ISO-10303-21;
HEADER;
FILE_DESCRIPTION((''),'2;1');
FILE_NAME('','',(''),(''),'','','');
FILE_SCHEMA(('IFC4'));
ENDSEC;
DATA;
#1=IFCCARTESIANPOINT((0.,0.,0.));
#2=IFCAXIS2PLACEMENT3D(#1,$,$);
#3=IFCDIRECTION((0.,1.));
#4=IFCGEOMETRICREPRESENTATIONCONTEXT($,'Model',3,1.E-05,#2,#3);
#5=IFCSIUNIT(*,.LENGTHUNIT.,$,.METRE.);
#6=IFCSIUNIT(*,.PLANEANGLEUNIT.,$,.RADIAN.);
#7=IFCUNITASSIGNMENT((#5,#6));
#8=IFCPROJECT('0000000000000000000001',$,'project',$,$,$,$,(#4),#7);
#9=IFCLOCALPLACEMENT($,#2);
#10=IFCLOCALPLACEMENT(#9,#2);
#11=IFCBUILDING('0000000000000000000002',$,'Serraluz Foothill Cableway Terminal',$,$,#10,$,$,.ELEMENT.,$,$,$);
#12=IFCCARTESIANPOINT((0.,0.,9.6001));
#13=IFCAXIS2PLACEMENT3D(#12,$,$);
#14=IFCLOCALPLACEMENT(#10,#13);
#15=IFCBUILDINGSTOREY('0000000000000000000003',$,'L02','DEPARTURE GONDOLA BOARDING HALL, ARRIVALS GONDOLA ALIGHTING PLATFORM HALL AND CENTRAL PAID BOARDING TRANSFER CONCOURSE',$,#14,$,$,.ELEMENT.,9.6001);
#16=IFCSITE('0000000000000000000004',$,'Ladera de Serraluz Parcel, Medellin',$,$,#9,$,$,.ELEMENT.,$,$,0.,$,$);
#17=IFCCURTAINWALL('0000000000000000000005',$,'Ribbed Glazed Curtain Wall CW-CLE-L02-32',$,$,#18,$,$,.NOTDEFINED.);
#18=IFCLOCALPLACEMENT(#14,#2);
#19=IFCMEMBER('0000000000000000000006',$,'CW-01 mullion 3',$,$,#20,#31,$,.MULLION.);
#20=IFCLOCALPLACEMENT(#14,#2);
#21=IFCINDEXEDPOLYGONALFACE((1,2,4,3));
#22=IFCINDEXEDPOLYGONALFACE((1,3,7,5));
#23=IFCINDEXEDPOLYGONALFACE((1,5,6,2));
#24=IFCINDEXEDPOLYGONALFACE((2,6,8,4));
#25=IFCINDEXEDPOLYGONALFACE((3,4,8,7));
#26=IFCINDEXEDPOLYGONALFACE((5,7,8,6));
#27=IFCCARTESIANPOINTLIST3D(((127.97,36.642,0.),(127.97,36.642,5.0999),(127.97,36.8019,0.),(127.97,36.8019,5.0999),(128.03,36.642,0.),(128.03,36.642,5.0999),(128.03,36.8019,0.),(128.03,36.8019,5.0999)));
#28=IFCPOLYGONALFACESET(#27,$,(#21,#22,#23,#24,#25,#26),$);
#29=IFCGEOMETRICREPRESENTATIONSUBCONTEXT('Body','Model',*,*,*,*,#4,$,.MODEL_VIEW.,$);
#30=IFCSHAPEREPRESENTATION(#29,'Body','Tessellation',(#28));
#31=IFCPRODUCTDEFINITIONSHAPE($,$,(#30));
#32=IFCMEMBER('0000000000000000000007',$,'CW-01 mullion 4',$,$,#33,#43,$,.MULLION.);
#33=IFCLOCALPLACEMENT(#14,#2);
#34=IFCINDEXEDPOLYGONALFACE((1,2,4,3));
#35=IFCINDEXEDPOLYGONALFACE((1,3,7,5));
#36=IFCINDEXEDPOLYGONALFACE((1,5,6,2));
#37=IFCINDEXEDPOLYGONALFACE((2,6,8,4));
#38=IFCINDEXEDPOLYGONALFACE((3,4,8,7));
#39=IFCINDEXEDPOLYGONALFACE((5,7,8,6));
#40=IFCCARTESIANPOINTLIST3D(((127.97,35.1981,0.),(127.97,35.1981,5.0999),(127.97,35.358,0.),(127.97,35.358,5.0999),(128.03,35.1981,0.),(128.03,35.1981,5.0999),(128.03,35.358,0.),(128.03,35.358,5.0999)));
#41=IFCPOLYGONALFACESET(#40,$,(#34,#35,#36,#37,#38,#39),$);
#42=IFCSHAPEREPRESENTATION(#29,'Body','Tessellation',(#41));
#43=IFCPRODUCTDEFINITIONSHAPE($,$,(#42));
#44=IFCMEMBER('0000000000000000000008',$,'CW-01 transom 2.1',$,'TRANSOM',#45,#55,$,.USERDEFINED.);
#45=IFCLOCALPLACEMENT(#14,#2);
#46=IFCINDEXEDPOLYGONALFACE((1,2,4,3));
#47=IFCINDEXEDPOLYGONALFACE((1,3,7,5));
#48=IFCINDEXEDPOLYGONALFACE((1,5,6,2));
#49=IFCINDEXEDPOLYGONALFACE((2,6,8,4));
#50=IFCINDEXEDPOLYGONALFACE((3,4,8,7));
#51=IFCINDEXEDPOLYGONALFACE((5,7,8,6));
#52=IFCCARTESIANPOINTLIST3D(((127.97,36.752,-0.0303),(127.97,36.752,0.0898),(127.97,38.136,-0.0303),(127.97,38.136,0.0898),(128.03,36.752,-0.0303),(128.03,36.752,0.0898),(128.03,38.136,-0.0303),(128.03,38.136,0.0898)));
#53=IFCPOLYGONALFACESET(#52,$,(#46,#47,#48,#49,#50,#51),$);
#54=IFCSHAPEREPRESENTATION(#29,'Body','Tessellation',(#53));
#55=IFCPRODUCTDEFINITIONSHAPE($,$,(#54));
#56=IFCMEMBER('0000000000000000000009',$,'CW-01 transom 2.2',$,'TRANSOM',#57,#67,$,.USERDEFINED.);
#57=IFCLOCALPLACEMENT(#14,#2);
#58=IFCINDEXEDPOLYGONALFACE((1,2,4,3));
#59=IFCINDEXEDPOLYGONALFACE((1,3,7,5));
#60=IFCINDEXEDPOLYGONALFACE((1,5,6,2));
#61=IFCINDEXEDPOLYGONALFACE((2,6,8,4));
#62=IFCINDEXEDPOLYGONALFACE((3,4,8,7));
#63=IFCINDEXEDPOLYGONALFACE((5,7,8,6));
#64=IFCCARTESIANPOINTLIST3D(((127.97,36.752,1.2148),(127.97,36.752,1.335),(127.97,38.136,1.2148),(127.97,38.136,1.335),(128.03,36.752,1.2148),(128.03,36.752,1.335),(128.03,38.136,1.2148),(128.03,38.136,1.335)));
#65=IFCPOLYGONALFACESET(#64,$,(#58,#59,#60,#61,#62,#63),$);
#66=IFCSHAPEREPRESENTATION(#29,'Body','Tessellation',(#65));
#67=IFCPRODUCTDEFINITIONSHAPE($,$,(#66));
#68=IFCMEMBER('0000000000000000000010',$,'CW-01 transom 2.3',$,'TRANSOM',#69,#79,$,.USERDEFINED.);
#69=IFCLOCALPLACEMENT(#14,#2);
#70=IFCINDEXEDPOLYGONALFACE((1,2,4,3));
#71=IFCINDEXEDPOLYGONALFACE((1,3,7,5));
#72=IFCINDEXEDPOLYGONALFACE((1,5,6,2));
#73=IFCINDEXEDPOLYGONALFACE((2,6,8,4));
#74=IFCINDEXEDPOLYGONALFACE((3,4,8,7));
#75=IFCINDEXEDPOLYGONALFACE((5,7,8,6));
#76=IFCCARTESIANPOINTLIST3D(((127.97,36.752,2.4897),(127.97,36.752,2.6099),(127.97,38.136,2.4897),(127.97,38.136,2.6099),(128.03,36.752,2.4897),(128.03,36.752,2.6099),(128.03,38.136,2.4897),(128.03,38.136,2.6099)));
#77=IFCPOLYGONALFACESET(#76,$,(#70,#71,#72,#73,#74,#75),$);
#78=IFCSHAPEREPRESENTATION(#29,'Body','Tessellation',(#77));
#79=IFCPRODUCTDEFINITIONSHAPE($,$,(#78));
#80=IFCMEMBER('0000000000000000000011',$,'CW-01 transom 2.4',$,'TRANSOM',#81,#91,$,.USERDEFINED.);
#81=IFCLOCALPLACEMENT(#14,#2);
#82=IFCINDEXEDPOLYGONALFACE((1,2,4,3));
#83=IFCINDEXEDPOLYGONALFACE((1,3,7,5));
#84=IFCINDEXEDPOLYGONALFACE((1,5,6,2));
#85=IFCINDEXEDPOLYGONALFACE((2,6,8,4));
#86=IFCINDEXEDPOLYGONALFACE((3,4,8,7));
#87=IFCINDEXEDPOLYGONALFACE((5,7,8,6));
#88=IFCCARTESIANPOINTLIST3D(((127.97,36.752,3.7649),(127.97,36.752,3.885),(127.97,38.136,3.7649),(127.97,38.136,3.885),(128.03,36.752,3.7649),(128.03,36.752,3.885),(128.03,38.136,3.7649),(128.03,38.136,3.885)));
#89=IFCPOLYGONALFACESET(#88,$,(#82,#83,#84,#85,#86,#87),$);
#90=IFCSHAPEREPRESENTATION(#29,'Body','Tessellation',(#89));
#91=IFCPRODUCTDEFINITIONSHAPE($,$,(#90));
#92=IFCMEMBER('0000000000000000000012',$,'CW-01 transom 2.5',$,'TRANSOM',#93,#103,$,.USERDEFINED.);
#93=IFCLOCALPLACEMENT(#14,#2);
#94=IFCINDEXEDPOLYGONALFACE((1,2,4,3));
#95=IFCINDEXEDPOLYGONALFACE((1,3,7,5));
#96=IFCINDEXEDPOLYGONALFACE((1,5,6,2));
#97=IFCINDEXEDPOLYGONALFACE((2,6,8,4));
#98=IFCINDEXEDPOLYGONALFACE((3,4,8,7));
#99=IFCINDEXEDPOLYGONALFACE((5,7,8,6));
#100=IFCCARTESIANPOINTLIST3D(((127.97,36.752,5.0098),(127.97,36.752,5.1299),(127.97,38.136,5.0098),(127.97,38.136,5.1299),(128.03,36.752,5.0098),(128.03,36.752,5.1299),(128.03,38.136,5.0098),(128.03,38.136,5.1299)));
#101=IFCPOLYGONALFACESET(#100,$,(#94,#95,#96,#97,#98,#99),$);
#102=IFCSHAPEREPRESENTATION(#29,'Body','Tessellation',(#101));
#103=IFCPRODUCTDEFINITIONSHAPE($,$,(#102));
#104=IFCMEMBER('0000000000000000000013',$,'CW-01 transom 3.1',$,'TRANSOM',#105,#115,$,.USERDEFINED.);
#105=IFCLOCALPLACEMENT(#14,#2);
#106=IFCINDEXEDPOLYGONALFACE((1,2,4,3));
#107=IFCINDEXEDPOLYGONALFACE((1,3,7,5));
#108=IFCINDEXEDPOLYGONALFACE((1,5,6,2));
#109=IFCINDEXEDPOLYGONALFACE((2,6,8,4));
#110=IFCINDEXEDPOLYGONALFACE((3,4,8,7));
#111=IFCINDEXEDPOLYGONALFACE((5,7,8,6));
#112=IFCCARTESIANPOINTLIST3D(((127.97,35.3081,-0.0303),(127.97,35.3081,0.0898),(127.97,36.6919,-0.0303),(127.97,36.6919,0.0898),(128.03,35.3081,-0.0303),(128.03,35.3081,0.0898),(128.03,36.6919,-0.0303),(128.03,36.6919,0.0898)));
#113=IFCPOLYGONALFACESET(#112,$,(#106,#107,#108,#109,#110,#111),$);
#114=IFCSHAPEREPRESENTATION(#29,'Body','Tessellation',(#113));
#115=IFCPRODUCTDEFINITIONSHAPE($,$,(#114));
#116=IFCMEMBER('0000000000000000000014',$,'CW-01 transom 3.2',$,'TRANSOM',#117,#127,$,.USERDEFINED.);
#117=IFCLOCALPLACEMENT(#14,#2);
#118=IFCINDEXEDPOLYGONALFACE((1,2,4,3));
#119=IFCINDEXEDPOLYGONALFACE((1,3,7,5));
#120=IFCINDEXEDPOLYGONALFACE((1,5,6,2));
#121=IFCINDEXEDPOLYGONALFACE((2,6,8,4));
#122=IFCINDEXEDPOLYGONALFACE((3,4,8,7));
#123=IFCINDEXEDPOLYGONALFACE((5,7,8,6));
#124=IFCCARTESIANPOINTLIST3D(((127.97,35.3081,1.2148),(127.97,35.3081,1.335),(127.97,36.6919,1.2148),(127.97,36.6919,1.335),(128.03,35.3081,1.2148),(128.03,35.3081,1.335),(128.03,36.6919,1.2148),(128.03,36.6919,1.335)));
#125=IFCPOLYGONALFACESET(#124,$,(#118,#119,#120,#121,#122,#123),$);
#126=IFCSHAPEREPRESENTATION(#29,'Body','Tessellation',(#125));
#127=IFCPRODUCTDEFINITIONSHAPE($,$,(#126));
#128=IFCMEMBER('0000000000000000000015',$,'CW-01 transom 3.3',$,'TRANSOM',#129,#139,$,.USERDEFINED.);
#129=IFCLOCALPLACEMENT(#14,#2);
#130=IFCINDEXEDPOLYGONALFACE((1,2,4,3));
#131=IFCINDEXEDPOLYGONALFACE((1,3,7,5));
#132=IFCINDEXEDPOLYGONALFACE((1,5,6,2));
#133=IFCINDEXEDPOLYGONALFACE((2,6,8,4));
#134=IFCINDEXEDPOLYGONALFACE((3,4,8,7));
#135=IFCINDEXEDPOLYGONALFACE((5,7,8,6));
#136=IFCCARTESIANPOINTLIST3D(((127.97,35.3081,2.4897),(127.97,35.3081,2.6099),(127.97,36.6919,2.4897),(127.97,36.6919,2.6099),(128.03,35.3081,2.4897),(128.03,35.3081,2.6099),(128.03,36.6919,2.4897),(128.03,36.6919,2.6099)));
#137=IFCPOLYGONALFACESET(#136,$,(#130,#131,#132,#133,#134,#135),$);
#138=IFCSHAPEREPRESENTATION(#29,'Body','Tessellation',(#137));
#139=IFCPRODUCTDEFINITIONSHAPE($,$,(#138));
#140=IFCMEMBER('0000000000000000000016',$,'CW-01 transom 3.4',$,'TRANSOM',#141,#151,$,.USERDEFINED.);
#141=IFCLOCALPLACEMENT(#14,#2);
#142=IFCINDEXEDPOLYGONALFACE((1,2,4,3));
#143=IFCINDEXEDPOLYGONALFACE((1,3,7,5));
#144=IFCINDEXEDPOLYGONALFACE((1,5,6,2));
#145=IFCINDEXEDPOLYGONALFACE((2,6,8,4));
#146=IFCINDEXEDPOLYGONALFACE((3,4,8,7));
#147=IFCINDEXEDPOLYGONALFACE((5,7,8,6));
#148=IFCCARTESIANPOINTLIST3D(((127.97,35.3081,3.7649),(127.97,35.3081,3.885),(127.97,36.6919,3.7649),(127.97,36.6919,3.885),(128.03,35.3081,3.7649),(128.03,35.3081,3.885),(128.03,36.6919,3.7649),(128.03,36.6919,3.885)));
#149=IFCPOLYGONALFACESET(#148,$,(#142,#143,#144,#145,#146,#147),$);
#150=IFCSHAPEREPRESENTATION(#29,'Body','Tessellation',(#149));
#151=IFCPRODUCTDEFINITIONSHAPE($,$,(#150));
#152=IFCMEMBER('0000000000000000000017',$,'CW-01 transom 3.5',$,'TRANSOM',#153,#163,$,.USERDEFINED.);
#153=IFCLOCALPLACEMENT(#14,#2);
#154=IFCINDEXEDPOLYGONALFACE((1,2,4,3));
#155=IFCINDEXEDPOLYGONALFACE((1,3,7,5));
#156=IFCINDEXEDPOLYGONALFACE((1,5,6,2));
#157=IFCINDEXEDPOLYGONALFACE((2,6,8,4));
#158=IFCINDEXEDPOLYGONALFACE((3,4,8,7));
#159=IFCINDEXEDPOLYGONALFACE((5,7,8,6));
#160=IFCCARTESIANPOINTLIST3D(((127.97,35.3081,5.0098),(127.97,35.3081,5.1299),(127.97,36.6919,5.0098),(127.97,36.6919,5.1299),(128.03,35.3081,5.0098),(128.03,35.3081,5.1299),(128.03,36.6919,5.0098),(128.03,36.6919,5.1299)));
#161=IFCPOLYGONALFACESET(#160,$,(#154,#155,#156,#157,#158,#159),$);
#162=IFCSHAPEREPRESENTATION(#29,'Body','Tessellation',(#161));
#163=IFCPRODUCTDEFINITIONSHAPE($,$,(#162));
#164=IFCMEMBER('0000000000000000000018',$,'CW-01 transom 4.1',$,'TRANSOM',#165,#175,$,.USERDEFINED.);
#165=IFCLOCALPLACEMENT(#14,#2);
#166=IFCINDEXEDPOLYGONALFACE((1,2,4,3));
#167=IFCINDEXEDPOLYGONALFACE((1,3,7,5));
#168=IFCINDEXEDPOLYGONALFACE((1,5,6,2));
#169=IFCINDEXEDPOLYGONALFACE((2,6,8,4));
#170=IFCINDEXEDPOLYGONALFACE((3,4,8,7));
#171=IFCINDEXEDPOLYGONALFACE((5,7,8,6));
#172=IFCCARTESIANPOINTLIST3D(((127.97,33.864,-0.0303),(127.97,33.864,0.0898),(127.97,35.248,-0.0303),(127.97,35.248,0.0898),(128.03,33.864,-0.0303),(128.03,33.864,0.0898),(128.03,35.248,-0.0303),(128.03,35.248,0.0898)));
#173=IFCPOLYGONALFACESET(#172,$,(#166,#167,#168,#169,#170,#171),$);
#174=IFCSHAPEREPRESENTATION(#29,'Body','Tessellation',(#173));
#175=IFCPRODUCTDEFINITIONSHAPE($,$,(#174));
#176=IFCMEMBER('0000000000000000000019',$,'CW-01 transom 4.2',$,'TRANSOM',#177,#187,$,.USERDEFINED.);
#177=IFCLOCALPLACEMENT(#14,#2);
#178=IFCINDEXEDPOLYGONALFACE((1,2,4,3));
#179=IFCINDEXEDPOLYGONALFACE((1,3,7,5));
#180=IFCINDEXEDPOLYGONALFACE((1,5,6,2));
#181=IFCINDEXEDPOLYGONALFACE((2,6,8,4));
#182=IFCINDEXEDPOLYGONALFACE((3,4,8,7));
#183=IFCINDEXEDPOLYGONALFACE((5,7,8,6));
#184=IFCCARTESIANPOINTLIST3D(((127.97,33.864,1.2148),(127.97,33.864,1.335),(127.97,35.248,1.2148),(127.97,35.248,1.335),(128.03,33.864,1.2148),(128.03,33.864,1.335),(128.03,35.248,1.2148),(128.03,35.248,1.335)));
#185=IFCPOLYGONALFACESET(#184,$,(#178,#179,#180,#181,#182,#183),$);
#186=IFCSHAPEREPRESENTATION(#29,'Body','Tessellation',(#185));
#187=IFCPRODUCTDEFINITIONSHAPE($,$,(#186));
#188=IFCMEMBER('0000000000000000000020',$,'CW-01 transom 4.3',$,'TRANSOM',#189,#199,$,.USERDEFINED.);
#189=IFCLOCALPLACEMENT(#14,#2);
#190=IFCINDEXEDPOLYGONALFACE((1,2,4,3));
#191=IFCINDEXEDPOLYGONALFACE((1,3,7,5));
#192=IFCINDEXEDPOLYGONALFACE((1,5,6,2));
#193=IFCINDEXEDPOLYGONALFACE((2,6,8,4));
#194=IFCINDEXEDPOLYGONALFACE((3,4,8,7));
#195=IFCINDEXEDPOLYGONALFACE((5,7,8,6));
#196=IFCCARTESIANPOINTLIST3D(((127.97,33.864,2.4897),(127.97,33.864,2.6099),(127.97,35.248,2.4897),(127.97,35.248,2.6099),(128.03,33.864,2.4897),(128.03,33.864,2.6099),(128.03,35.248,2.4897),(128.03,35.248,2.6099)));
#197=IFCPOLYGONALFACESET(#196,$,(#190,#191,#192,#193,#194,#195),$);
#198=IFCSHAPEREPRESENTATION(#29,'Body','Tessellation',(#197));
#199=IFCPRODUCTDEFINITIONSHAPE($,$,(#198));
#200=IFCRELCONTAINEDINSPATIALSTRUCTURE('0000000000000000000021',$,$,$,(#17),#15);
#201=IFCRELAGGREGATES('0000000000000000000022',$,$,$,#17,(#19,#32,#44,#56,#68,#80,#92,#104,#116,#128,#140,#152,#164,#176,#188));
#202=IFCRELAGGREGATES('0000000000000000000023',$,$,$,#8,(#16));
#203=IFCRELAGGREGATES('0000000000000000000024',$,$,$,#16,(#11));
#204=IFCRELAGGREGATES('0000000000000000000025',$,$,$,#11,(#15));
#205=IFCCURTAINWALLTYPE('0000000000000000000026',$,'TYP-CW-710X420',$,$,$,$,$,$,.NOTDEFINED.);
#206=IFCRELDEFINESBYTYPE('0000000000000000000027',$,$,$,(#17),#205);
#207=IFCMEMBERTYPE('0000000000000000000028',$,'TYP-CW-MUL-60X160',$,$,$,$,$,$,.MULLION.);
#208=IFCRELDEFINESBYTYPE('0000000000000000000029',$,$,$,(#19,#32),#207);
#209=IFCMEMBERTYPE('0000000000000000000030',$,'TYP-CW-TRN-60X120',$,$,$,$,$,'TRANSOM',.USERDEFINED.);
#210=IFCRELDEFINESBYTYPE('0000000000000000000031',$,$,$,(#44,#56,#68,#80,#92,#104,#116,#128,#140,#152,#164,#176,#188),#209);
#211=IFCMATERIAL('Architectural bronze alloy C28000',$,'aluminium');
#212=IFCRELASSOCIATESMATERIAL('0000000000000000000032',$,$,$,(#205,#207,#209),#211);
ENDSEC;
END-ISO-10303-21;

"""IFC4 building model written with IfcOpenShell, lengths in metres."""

from ifc_helpers import new_model, si_unit, direction, frame, origin, origin_2d, place, context, subcontext, project, spatial, rectangle, extrude, material, material_profile, profile_set, type_object, element, aggregate, save


model = new_model("IFC4")

# Units and contexts
model_context = context("Model", 3, precision=1e-05, world=origin(), true_north=direction((0.0, 1.0)))
body_context = subcontext(model_context, "Body", "Model", "MODEL_VIEW")
ifc_project = project(units=[si_unit("LENGTHUNIT", "METRE"), si_unit("PLANEANGLEUNIT", "RADIAN")], contexts=[model_context])

# Site, building, storey
site_placement = place(None, origin())
site = spatial("IfcSite", under=ifc_project, at=site_placement, Name="Ladera de Serraluz Parcel, Medellin", CompositionType="ELEMENT", RefElevation=0.0)
building_placement = place(site_placement, origin())
building = spatial("IfcBuilding", under=site, at=building_placement, Name="Serraluz Foothill Cableway Terminal", CompositionType="ELEMENT")
storey_placement = place(building_placement, frame((0.0, 0.0, 9.6001)))
storey = spatial("IfcBuildingStorey", under=building, at=storey_placement, Name="L02", Description="DEPARTURE GONDOLA BOARDING HALL, ARRIVALS GONDOLA ALIGHTING PLATFORM HALL AND CENTRAL PAID BOARDING TRANSFER CONCOURSE", CompositionType="ELEMENT", Elevation=9.6001)

# Curtain wall, members
ifc_material_1 = material(Name="Architectural bronze alloy C28000", Category="aluminium")
curtain_wall_type = type_object("IfcCurtainWallType", Name="TYP-CW-710X420", PredefinedType="NOTDEFINED", material=ifc_material_1)
curtain_wall_placement = place(storey_placement, origin())
curtain_wall = element("IfcCurtainWall", 1, at=curtain_wall_placement, inside=storey, type_object=curtain_wall_type, Name="Ribbed Glazed Curtain Wall CW-CLE-L02-32", PredefinedType="NOTDEFINED")
ifc_material_profile_1 = material_profile(ifc_material_1, rectangle(XDim=0.0601, YDim=0.1599, at=origin_2d()), Name="ALU MULLION 60x160")
ifc_profile_set_1 = profile_set([ifc_material_profile_1], Name="Architectural bronze alloy C28000")
member_type_1 = type_object("IfcMemberType", Name="TYP-CW-MUL-60X160", PredefinedType="MULLION", material=ifc_profile_set_1)
member_1_placement = place(storey_placement, frame((128.0, 36.7219, 0.0), z_axis=(0.0, 0.0, 1.0), x_axis=(1.0, 0.0, 0.0)))
member_1 = element("IfcMember", 2, at=member_1_placement, type_object=member_type_1, Name="CW-01 mullion 3", PredefinedType="MULLION", context=body_context, shape_type="SweptSolid", body=[
    extrude(rectangle(XDim=0.0601, YDim=0.1599, at=origin_2d()), origin(), (0.0, 0.0, 1.0), 5.0999),
])
member_2_placement = place(storey_placement, frame((128.0, 35.2781, 0.0), z_axis=(0.0, 0.0, 1.0), x_axis=(1.0, 0.0, 0.0)))
member_2 = element("IfcMember", 3, at=member_2_placement, type_object=member_type_1, Name="CW-01 mullion 4", PredefinedType="MULLION", context=body_context, shape_type="SweptSolid", body=[
    extrude(rectangle(XDim=0.0601, YDim=0.1599, at=origin_2d()), origin(), (0.0, 0.0, 1.0), 5.0999),
])
ifc_material_profile_2 = material_profile(ifc_material_1, rectangle(XDim=0.0601, YDim=0.1201, at=origin_2d()), Name="ALU TRANSOM 60x120")
ifc_profile_set_2 = profile_set([ifc_material_profile_2], Name="Architectural bronze alloy C28000")
member_type_2 = type_object("IfcMemberType", Name="TYP-CW-TRN-60X120", ElementType="TRANSOM", PredefinedType="USERDEFINED", material=ifc_profile_set_2)
member_3_placement = place(storey_placement, frame((128.0, 38.136, 0.0298), z_axis=(0.0, -1.0, 0.0), x_axis=(1.0, 0.0, 0.0)))
member_3 = element("IfcMember", 4, at=member_3_placement, type_object=member_type_2, Name="CW-01 transom 2.1", ObjectType="TRANSOM", PredefinedType="USERDEFINED", context=body_context, shape_type="SweptSolid", body=[
    extrude(rectangle(XDim=0.0601, YDim=0.1201, at=origin_2d()), origin(), (0.0, 0.0, 1.0), 1.384),
])
member_4_placement = place(storey_placement, frame((128.0, 38.136, 1.2749), z_axis=(0.0, -1.0, 0.0), x_axis=(1.0, 0.0, 0.0)))
member_4 = element("IfcMember", 5, at=member_4_placement, type_object=member_type_2, Name="CW-01 transom 2.2", ObjectType="TRANSOM", PredefinedType="USERDEFINED", context=body_context, shape_type="SweptSolid", body=[
    extrude(rectangle(XDim=0.0601, YDim=0.1201, at=origin_2d()), origin(), (0.0, 0.0, 1.0), 1.384),
])
member_5_placement = place(storey_placement, frame((128.0, 38.136, 2.5498), z_axis=(0.0, -1.0, 0.0), x_axis=(1.0, 0.0, 0.0)))
member_5 = element("IfcMember", 6, at=member_5_placement, type_object=member_type_2, Name="CW-01 transom 2.3", ObjectType="TRANSOM", PredefinedType="USERDEFINED", context=body_context, shape_type="SweptSolid", body=[
    extrude(rectangle(XDim=0.0601, YDim=0.1201, at=origin_2d()), origin(), (0.0, 0.0, 1.0), 1.384),
])
member_6_placement = place(storey_placement, frame((128.0, 38.136, 3.825), z_axis=(0.0, -1.0, 0.0), x_axis=(1.0, 0.0, 0.0)))
member_6 = element("IfcMember", 7, at=member_6_placement, type_object=member_type_2, Name="CW-01 transom 2.4", ObjectType="TRANSOM", PredefinedType="USERDEFINED", context=body_context, shape_type="SweptSolid", body=[
    extrude(rectangle(XDim=0.0601, YDim=0.1201, at=origin_2d()), origin(), (0.0, 0.0, 1.0), 1.384),
])
member_7_placement = place(storey_placement, frame((128.0, 38.136, 5.0698), z_axis=(0.0, -1.0, 0.0), x_axis=(1.0, 0.0, 0.0)))
member_7 = element("IfcMember", 8, at=member_7_placement, type_object=member_type_2, Name="CW-01 transom 2.5", ObjectType="TRANSOM", PredefinedType="USERDEFINED", context=body_context, shape_type="SweptSolid", body=[
    extrude(rectangle(XDim=0.0601, YDim=0.1201, at=origin_2d()), origin(), (0.0, 0.0, 1.0), 1.384),
])
member_8_placement = place(storey_placement, frame((128.0, 36.6919, 0.0298), z_axis=(0.0, -1.0, 0.0), x_axis=(1.0, 0.0, 0.0)))
member_8 = element("IfcMember", 9, at=member_8_placement, type_object=member_type_2, Name="CW-01 transom 3.1", ObjectType="TRANSOM", PredefinedType="USERDEFINED", context=body_context, shape_type="SweptSolid", body=[
    extrude(rectangle(XDim=0.0601, YDim=0.1201, at=origin_2d()), origin(), (0.0, 0.0, 1.0), 1.3838),
])
member_9_placement = place(storey_placement, frame((128.0, 36.6919, 1.2749), z_axis=(0.0, -1.0, 0.0), x_axis=(1.0, 0.0, 0.0)))
member_9 = element("IfcMember", 10, at=member_9_placement, type_object=member_type_2, Name="CW-01 transom 3.2", ObjectType="TRANSOM", PredefinedType="USERDEFINED", context=body_context, shape_type="SweptSolid", body=[
    extrude(rectangle(XDim=0.0601, YDim=0.1201, at=origin_2d()), origin(), (0.0, 0.0, 1.0), 1.3838),
])
member_10_placement = place(storey_placement, frame((128.0, 36.6919, 2.5498), z_axis=(0.0, -1.0, 0.0), x_axis=(1.0, 0.0, 0.0)))
member_10 = element("IfcMember", 11, at=member_10_placement, type_object=member_type_2, Name="CW-01 transom 3.3", ObjectType="TRANSOM", PredefinedType="USERDEFINED", context=body_context, shape_type="SweptSolid", body=[
    extrude(rectangle(XDim=0.0601, YDim=0.1201, at=origin_2d()), origin(), (0.0, 0.0, 1.0), 1.3838),
])
member_11_placement = place(storey_placement, frame((128.0, 36.6919, 3.825), z_axis=(0.0, -1.0, 0.0), x_axis=(1.0, 0.0, 0.0)))
member_11 = element("IfcMember", 12, at=member_11_placement, type_object=member_type_2, Name="CW-01 transom 3.4", ObjectType="TRANSOM", PredefinedType="USERDEFINED", context=body_context, shape_type="SweptSolid", body=[
    extrude(rectangle(XDim=0.0601, YDim=0.1201, at=origin_2d()), origin(), (0.0, 0.0, 1.0), 1.3838),
])
member_12_placement = place(storey_placement, frame((128.0, 36.6919, 5.0698), z_axis=(0.0, -1.0, 0.0), x_axis=(1.0, 0.0, 0.0)))
member_12 = element("IfcMember", 13, at=member_12_placement, type_object=member_type_2, Name="CW-01 transom 3.5", ObjectType="TRANSOM", PredefinedType="USERDEFINED", context=body_context, shape_type="SweptSolid", body=[
    extrude(rectangle(XDim=0.0601, YDim=0.1201, at=origin_2d()), origin(), (0.0, 0.0, 1.0), 1.3838),
])
member_13_placement = place(storey_placement, frame((128.0, 35.248, 0.0298), z_axis=(0.0, -1.0, 0.0), x_axis=(1.0, 0.0, 0.0)))
member_13 = element("IfcMember", 14, at=member_13_placement, type_object=member_type_2, Name="CW-01 transom 4.1", ObjectType="TRANSOM", PredefinedType="USERDEFINED", context=body_context, shape_type="SweptSolid", body=[
    extrude(rectangle(XDim=0.0601, YDim=0.1201, at=origin_2d()), origin(), (0.0, 0.0, 1.0), 1.384),
])
member_14_placement = place(storey_placement, frame((128.0, 35.248, 1.2749), z_axis=(0.0, -1.0, 0.0), x_axis=(1.0, 0.0, 0.0)))
member_14 = element("IfcMember", 15, at=member_14_placement, type_object=member_type_2, Name="CW-01 transom 4.2", ObjectType="TRANSOM", PredefinedType="USERDEFINED", context=body_context, shape_type="SweptSolid", body=[
    extrude(rectangle(XDim=0.0601, YDim=0.1201, at=origin_2d()), origin(), (0.0, 0.0, 1.0), 1.384),
])
member_15_placement = place(storey_placement, frame((128.0, 35.248, 2.5498), z_axis=(0.0, -1.0, 0.0), x_axis=(1.0, 0.0, 0.0)))
member_15 = element("IfcMember", 16, at=member_15_placement, type_object=member_type_2, Name="CW-01 transom 4.3", ObjectType="TRANSOM", PredefinedType="USERDEFINED", context=body_context, shape_type="SweptSolid", body=[
    extrude(rectangle(XDim=0.0601, YDim=0.1201, at=origin_2d()), origin(), (0.0, 0.0, 1.0), 1.384),
])
aggregate(curtain_wall, [member_1, member_2, member_3, member_4, member_5, member_6, member_7, member_8, member_9, member_10, member_11, member_12, member_13, member_14, member_15])

save(model, "model.ifc")
